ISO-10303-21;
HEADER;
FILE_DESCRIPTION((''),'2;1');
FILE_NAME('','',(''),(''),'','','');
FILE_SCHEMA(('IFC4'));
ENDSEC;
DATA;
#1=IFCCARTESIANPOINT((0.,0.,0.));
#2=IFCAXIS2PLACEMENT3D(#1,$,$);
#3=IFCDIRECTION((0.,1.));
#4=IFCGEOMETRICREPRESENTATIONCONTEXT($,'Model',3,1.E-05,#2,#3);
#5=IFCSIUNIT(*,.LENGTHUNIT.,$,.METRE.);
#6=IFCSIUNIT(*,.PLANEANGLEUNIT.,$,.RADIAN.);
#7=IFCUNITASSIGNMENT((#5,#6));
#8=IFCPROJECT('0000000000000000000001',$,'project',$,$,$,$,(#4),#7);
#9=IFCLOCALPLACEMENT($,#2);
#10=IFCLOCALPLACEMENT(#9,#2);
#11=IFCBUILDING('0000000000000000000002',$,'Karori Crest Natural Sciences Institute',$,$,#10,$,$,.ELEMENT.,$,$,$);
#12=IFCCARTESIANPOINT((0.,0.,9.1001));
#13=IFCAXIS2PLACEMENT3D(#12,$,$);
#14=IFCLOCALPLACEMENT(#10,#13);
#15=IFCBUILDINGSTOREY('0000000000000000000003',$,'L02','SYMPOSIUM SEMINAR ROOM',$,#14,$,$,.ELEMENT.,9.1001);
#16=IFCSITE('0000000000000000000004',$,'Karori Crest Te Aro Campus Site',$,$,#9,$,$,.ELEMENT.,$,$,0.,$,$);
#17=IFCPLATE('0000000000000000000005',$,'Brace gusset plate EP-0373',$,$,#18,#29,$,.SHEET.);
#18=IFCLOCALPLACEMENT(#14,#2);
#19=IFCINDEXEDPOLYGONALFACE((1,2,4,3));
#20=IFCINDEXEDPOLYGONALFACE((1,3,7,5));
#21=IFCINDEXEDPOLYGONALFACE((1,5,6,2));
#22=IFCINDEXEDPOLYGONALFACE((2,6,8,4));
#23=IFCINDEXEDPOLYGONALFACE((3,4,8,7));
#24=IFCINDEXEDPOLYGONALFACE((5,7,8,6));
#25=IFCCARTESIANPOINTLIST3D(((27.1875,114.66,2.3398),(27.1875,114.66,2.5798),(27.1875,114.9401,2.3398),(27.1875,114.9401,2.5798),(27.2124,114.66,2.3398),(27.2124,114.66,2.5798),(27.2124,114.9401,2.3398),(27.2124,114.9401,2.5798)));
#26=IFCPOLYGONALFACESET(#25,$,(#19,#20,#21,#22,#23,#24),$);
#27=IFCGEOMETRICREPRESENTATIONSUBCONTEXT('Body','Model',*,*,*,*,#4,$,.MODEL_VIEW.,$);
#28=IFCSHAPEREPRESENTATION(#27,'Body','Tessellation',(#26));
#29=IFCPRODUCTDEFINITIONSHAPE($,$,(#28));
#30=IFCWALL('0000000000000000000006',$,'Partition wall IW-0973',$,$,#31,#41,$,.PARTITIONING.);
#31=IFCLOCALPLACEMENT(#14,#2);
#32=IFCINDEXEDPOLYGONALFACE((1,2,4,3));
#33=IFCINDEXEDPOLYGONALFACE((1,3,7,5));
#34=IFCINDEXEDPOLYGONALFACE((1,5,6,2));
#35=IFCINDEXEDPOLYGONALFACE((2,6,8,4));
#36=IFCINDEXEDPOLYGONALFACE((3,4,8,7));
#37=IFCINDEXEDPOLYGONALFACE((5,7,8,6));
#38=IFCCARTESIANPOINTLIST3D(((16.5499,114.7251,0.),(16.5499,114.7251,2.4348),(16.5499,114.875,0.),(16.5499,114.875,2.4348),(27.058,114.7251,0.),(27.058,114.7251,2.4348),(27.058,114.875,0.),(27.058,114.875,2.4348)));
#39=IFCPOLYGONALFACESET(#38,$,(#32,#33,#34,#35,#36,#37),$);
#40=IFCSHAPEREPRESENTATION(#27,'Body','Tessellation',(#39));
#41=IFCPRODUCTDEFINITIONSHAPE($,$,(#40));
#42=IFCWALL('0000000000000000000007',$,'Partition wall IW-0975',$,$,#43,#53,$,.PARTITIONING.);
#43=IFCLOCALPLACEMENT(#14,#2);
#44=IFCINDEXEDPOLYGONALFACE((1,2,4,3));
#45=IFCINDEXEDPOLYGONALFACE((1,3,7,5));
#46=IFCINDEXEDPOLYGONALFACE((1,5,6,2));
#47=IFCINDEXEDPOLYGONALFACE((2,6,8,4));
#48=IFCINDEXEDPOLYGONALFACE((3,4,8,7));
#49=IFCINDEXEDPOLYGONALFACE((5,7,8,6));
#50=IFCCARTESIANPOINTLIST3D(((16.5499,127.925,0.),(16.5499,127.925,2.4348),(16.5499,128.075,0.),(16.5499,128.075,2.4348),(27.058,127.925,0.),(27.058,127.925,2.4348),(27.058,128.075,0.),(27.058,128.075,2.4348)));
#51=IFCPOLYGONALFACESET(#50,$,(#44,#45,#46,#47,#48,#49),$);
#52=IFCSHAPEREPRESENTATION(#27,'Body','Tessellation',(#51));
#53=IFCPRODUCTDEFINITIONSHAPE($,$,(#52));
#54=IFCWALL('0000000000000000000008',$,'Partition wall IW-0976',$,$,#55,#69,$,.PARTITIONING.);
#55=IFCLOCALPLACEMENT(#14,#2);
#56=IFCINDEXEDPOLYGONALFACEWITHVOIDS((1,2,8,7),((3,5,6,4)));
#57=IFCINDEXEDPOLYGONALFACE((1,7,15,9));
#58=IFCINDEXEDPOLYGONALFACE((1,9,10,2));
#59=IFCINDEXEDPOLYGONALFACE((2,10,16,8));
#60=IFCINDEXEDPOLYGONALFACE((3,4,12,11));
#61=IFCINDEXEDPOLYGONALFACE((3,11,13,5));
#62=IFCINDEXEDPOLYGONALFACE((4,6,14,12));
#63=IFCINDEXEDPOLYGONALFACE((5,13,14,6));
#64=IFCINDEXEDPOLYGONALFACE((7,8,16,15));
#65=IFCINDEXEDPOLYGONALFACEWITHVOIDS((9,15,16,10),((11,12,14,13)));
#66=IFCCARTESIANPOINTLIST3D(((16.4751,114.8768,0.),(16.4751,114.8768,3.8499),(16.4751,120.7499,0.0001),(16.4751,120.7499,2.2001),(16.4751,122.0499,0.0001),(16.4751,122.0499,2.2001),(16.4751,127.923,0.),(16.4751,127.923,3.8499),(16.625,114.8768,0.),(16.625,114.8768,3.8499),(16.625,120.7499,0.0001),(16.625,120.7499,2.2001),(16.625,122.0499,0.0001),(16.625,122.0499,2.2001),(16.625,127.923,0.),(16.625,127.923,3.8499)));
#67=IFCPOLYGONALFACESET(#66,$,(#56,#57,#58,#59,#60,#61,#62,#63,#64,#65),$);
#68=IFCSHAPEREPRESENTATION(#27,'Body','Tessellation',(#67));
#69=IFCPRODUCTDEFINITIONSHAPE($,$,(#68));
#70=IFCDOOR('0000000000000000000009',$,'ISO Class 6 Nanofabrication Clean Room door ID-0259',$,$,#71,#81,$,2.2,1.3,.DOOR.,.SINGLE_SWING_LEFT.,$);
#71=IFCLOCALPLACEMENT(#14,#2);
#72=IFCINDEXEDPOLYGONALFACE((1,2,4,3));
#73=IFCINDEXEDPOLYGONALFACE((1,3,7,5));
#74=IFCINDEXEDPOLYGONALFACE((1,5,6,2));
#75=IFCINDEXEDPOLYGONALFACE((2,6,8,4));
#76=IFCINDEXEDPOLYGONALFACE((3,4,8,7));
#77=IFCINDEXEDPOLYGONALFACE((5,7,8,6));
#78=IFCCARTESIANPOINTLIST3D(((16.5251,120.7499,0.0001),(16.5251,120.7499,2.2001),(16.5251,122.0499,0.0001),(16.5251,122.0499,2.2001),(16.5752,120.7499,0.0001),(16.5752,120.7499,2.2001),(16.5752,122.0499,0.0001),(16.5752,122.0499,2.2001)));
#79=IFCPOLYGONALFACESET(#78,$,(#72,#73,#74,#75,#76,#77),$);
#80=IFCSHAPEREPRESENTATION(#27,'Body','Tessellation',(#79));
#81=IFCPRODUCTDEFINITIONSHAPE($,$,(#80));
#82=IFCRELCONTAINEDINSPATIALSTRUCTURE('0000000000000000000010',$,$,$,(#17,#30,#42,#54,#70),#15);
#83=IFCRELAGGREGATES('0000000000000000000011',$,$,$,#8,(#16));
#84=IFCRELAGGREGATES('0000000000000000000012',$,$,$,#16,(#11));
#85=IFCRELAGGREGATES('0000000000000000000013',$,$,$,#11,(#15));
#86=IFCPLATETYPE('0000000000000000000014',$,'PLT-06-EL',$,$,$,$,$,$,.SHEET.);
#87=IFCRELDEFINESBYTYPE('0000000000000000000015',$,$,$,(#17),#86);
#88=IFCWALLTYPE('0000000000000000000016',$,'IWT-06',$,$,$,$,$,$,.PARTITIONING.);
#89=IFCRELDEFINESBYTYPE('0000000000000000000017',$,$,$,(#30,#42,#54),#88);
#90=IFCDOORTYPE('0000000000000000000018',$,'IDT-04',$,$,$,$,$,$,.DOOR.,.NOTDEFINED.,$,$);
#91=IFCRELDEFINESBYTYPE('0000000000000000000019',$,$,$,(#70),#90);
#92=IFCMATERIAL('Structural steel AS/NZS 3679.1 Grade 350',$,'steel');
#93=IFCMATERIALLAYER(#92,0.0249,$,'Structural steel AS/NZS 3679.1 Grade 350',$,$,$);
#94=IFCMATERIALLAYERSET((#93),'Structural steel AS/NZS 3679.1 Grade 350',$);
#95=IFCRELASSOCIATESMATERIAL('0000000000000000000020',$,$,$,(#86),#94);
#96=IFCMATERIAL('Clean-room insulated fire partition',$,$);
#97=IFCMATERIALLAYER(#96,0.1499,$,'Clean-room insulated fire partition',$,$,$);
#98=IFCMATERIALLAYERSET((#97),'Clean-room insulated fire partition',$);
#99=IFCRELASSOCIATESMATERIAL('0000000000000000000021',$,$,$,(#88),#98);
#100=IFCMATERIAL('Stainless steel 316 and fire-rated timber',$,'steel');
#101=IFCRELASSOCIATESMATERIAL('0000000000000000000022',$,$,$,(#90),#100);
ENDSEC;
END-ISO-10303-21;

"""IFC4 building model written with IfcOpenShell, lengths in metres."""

from ifc_helpers import new_model, si_unit, direction, frame, frame_2d, origin, origin_2d, place, context, subcontext, project, spatial, rectangle, extrude, material, layer, layer_set, type_object, element, fill, save


model = new_model("IFC4")

# Units and contexts
model_context = context("Model", 3, precision=1e-05, world=origin(), true_north=direction((0.0, 1.0)))
body_context = subcontext(model_context, "Body", "Model", "MODEL_VIEW")
ifc_project = project(units=[si_unit("LENGTHUNIT", "METRE"), si_unit("PLANEANGLEUNIT", "RADIAN")], contexts=[model_context])

# Site, building, storey
site_placement = place(None, origin())
site = spatial("IfcSite", under=ifc_project, at=site_placement, Name="Karori Crest Te Aro Campus Site", CompositionType="ELEMENT", RefElevation=0.0)
building_placement = place(site_placement, origin())
building = spatial("IfcBuilding", under=site, at=building_placement, Name="Karori Crest Natural Sciences Institute", CompositionType="ELEMENT")
storey_placement = place(building_placement, frame((0.0, 0.0, 9.1001)))
storey = spatial("IfcBuildingStorey", under=building, at=storey_placement, Name="L02", Description="SYMPOSIUM SEMINAR ROOM", CompositionType="ELEMENT", Elevation=9.1001)

# Plate
ifc_material_1 = material(Name="Structural steel AS/NZS 3679.1 Grade 350", Category="steel")
ifc_layer_1 = layer(ifc_material_1, 0.0249, Name="Structural steel AS/NZS 3679.1 Grade 350")
ifc_layer_set_1 = layer_set([ifc_layer_1], Name="Structural steel AS/NZS 3679.1 Grade 350")
plate_type = type_object("IfcPlateType", Name="PLT-06-EL", PredefinedType="SHEET", material=ifc_layer_set_1)
plate_placement = place(storey_placement, frame((27.2, 114.8, 2.3398), z_axis=(0.0, 0.0, 1.0), x_axis=(0.0, 1.0, 0.0)))
element("IfcPlate", 1, at=plate_placement, inside=storey, type_object=plate_type, Name="Brace gusset plate EP-0373", PredefinedType="SHEET", context=body_context, shape_type="SweptSolid", body=[
    extrude(rectangle(XDim=0.28, YDim=0.0249, at=origin_2d()), origin(), (0.0, 0.0, 1.0), 0.24),
])

# Walls
ifc_material_2 = material(Name="Clean-room insulated fire partition")
ifc_layer_2 = layer(ifc_material_2, 0.1499, Name="Clean-room insulated fire partition")
ifc_layer_set_2 = layer_set([ifc_layer_2], Name="Clean-room insulated fire partition")
wall_type = type_object("IfcWallType", Name="IWT-06", PredefinedType="PARTITIONING", material=ifc_layer_set_2)
for number, where, z_axis, x_axis, name in (
    (2, (16.55, 114.8, 0.0), (0.0, 0.0, 1.0), (1.0, 0.0, 0.0), "Partition wall IW-0973"),
    (3, (16.55, 128.0, 0.0), (0.0, 0.0, 1.0), (1.0, 0.0, 0.0), "Partition wall IW-0975"),
):
    element("IfcWall", number, at=place(storey_placement, frame(where, z_axis=z_axis, x_axis=x_axis)), inside=storey, type_object=wall_type, Name=name, PredefinedType="PARTITIONING", context=body_context, shape_type="SweptSolid", body=[
        extrude(rectangle(XDim=10.5081, YDim=0.1499, at=frame_2d((5.2539, 0.0))), origin(), (0.0, 0.0, 1.0), 2.4348),
    ])

# Wall, opening, door
wall_placement = place(storey_placement, frame((16.55, 114.877, 0.0), z_axis=(0.0, 0.0, 1.0), x_axis=(0.0, 1.0, 0.0)))
wall = element("IfcWall", 4, at=wall_placement, inside=storey, type_object=wall_type, Name="Partition wall IW-0976", PredefinedType="PARTITIONING", context=body_context, shape_type="SweptSolid", body=[
    extrude(rectangle(XDim=13.0461, YDim=0.1499, at=frame_2d((6.5229, 0.0))), origin(), (0.0, 0.0, 1.0), 3.8499),
])
opening_placement = place(wall_placement, frame((5.873, 0.0, 0.0)))
opening = element("IfcOpeningElement", 5, at=opening_placement, cuts=wall, PredefinedType="OPENING", context=body_context, shape_type="SweptSolid", body=[
    extrude(rectangle(XDim=1.3, YDim=2.2, at=frame_2d((0.6499, 1.1001))), frame((0.0, 0.085, 0.0), z_axis=(0.0, -1.0, 0.0), x_axis=(1.0, 0.0, 0.0)), (0.0, 0.0, 1.0), 0.1699),
])
ifc_material_3 = material(Name="Stainless steel 316 and fire-rated timber", Category="steel")
door_type = type_object("IfcDoorType", Name="IDT-04", OperationType="NOTDEFINED", PredefinedType="DOOR", material=ifc_material_3)
door_placement = place(opening_placement, origin())
door = element("IfcDoor", 6, at=door_placement, inside=storey, type_object=door_type, Name="ISO Class 6 Nanofabrication Clean Room door ID-0259", OperationType="SINGLE_SWING_LEFT", OverallHeight=2.2, OverallWidth=1.3, PredefinedType="DOOR", context=body_context, shape_type="SweptSolid", body=[
    extrude(rectangle(XDim=1.3, YDim=2.2, at=frame_2d((0.6499, 1.1001))), frame((0.0, 0.0249, 0.0), z_axis=(0.0, -1.0, 0.0), x_axis=(1.0, 0.0, 0.0)), (0.0, 0.0, 1.0), 0.05),
])
fill(opening, door)

save(model, "model.ifc")
